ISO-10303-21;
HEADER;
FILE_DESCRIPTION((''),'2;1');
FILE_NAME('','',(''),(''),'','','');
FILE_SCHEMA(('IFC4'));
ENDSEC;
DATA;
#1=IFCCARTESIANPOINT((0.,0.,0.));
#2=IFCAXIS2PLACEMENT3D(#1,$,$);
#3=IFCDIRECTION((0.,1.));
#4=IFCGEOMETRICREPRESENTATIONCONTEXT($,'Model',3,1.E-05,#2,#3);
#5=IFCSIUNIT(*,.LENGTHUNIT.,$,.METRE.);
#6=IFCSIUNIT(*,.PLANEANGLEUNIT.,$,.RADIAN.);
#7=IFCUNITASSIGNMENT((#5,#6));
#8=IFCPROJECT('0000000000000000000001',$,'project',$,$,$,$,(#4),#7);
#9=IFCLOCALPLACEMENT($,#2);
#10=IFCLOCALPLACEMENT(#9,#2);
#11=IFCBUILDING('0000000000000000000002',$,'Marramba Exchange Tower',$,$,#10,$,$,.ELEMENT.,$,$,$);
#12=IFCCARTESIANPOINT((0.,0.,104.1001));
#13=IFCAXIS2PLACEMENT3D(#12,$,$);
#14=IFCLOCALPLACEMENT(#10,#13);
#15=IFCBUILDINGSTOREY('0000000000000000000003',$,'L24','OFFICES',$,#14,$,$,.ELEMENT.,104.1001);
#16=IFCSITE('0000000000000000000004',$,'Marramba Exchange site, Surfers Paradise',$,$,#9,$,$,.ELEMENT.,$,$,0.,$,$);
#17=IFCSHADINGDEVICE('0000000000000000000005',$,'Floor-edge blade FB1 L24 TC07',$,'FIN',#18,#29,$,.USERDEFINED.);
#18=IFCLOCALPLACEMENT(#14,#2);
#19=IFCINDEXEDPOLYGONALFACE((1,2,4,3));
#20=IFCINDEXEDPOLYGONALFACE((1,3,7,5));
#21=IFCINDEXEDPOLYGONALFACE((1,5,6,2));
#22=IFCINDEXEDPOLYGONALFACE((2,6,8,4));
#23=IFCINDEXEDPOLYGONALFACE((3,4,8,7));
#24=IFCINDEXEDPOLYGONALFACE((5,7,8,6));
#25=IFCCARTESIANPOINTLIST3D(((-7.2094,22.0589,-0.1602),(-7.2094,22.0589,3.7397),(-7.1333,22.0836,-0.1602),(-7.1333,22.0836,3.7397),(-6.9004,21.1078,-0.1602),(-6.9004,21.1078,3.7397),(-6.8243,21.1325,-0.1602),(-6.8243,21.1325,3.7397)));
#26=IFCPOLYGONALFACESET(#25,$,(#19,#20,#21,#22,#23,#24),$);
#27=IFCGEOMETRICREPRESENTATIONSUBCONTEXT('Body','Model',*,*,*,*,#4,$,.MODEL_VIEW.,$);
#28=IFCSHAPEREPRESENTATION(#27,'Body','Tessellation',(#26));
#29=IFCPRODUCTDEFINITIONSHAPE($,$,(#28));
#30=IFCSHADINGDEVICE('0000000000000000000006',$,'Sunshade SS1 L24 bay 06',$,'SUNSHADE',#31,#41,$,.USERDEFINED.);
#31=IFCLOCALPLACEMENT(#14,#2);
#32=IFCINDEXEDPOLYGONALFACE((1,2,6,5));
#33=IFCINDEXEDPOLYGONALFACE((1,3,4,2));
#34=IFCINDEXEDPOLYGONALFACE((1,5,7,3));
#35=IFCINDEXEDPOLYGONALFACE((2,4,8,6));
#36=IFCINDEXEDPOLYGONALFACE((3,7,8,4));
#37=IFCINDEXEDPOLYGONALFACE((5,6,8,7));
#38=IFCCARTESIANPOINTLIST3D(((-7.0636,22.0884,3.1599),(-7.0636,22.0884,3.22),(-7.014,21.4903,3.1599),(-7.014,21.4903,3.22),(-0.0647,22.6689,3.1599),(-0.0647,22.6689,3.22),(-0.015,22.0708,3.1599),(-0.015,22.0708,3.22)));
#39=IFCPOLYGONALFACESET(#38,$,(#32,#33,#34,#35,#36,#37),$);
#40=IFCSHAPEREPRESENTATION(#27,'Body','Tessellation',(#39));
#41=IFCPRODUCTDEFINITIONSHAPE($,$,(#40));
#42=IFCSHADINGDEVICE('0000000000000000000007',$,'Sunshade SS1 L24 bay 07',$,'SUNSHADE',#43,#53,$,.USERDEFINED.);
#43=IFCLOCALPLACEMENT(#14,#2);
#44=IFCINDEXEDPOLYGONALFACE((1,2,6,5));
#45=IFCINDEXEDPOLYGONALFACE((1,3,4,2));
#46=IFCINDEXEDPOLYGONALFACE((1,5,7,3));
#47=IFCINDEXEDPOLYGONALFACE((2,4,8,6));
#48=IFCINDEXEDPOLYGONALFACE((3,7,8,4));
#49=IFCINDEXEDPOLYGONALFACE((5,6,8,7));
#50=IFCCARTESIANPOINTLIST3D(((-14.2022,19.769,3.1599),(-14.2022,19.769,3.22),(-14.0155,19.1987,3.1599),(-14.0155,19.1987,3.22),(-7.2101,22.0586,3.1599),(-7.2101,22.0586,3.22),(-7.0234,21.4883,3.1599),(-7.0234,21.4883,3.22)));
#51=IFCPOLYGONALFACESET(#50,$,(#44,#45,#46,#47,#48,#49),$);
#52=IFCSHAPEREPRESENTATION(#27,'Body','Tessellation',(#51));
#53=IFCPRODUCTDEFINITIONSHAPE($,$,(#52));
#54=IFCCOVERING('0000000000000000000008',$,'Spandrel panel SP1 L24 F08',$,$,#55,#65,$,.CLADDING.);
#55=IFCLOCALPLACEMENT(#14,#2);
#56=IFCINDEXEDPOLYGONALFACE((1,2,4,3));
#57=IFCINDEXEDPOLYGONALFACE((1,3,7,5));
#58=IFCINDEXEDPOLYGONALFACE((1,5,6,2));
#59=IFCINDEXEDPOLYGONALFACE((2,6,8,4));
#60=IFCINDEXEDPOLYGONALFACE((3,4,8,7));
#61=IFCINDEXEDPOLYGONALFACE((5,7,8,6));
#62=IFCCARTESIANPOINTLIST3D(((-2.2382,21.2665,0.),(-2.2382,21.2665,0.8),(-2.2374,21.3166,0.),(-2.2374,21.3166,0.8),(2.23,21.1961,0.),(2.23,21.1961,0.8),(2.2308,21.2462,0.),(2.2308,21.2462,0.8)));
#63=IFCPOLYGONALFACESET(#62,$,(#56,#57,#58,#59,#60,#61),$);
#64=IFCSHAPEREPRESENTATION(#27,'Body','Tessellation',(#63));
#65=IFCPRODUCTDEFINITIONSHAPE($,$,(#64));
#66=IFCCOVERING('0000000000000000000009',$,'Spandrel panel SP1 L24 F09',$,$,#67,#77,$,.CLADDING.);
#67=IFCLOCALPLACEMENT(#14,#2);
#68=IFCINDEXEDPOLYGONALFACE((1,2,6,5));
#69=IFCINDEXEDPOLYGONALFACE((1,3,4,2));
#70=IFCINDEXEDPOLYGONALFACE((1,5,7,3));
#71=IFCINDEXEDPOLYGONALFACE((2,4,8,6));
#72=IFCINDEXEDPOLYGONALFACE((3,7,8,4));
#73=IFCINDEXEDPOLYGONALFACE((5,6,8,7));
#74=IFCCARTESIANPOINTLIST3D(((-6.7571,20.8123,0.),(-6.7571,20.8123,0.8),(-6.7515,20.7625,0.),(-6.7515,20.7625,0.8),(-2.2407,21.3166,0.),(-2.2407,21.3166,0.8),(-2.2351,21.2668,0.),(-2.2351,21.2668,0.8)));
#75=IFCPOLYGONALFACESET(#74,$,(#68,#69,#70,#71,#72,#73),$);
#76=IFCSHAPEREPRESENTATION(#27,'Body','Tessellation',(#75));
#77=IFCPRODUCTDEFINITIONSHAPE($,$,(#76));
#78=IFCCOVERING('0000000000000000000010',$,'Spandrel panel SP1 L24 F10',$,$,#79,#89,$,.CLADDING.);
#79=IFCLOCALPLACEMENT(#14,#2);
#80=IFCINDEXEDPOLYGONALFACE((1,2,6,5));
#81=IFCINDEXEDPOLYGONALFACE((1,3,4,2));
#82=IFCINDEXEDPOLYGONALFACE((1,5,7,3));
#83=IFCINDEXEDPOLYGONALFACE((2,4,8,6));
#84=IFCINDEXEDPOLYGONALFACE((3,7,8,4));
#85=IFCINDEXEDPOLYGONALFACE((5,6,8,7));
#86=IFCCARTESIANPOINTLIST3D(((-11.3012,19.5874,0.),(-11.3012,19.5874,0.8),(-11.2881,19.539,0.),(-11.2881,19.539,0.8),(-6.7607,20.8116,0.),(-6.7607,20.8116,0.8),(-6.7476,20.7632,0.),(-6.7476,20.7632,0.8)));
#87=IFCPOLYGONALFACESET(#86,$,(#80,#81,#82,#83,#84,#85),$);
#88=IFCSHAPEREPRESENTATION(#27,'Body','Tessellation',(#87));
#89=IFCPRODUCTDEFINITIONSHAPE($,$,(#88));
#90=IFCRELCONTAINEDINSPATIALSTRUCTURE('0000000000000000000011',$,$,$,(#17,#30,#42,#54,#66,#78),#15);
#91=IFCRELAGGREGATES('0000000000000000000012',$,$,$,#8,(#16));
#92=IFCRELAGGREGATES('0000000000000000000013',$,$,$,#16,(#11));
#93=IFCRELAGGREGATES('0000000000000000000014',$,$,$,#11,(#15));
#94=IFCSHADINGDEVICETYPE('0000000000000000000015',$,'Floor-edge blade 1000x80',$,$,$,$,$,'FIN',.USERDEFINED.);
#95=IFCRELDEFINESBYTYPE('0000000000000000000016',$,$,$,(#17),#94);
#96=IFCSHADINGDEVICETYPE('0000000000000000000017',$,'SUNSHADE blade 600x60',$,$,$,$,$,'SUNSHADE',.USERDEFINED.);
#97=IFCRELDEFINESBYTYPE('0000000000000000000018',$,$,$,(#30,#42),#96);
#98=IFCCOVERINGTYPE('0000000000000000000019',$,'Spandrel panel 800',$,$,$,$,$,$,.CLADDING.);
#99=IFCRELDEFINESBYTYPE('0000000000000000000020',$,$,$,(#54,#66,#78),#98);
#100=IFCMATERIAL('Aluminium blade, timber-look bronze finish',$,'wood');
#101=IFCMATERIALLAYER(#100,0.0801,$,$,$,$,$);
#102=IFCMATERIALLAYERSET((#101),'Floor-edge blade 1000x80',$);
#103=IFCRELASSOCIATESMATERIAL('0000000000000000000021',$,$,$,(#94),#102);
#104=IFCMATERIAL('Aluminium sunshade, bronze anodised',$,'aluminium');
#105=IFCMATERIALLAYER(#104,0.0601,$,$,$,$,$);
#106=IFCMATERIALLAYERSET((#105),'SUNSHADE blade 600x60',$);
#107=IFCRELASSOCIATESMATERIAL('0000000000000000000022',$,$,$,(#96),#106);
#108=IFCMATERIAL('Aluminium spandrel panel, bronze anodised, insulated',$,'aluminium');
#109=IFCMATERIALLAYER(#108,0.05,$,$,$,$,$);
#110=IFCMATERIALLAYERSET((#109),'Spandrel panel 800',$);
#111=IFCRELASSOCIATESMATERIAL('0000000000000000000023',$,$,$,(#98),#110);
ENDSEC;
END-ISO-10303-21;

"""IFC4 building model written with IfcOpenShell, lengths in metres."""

from ifc_helpers import new_model, si_unit, direction, frame, origin, origin_2d, place, context, subcontext, project, spatial, rectangle, extrude, material, layer, layer_set, type_object, element, save


model = new_model("IFC4")

# Units and contexts
model_context = context("Model", 3, precision=1e-05, world=origin(), true_north=direction((0.0, 1.0)))
body_context = subcontext(model_context, "Body", "Model", "MODEL_VIEW")
ifc_project = project(units=[si_unit("LENGTHUNIT", "METRE"), si_unit("PLANEANGLEUNIT", "RADIAN")], contexts=[model_context])

# Site, building, storey
site_placement = place(None, origin())
site = spatial("IfcSite", under=ifc_project, at=site_placement, Name="Marramba Exchange site, Surfers Paradise", CompositionType="ELEMENT", RefElevation=0.0)
building_placement = place(site_placement, origin())
building = spatial("IfcBuilding", under=site, at=building_placement, Name="Marramba Exchange Tower", CompositionType="ELEMENT")
storey_placement = place(building_placement, frame((0.0, 0.0, 104.1001)))
storey = spatial("IfcBuildingStorey", under=building, at=storey_placement, Name="L24", Description="OFFICES", CompositionType="ELEMENT", Elevation=104.1001)

# Shading devices
ifc_material_1 = material(Name="Aluminium blade, timber-look bronze finish", Category="wood")
ifc_layer_1 = layer(ifc_material_1, 0.0801)
ifc_layer_set_1 = layer_set([ifc_layer_1], Name="Floor-edge blade 1000x80")
shading_device_type_1 = type_object("IfcShadingDeviceType", Name="Floor-edge blade 1000x80", ElementType="FIN", PredefinedType="USERDEFINED", material=ifc_layer_set_1)
shading_device_1_placement = place(storey_placement, frame((-7.0168, 21.5957, -0.1602), z_axis=(0.0, 0.0, 1.0), x_axis=(-0.309017, 0.951057, 0.0)))
element("IfcShadingDevice", 1, at=shading_device_1_placement, inside=storey, type_object=shading_device_type_1, Name="Floor-edge blade FB1 L24 TC07", ObjectType="FIN", PredefinedType="USERDEFINED", context=body_context, shape_type="SweptSolid", body=[
    extrude(rectangle(XDim=1.0, YDim=0.0801, at=origin_2d()), origin(), (0.0, 0.0, 1.0), 3.8999),
])
ifc_material_2 = material(Name="Aluminium sunshade, bronze anodised", Category="aluminium")
ifc_layer_2 = layer(ifc_material_2, 0.0601)
ifc_layer_set_2 = layer_set([ifc_layer_2], Name="SUNSHADE blade 600x60")
shading_device_type_2 = type_object("IfcShadingDeviceType", Name="SUNSHADE blade 600x60", ElementType="SUNSHADE", PredefinedType="USERDEFINED", material=ifc_layer_set_2)
shading_device_2_placement = place(storey_placement, frame((-3.5393, 22.0796, 3.1599), z_axis=(0.0, 0.0, 1.0), x_axis=(-0.996578, -0.08266, 0.0)))
element("IfcShadingDevice", 2, at=shading_device_2_placement, inside=storey, type_object=shading_device_type_2, Name="Sunshade SS1 L24 bay 06", ObjectType="SUNSHADE", PredefinedType="USERDEFINED", context=body_context, shape_type="SweptSolid", body=[
    extrude(rectangle(XDim=7.0229, YDim=0.6001, at=origin_2d()), origin(), (0.0, 0.0, 1.0), 0.0601),
])
shading_device_3_placement = place(storey_placement, frame((-10.6128, 20.6287, 3.1599), z_axis=(0.0, 0.0, 1.0), x_axis=(-0.950346, -0.311196, 0.0)))
element("IfcShadingDevice", 3, at=shading_device_3_placement, inside=storey, type_object=shading_device_type_2, Name="Sunshade SS1 L24 bay 07", ObjectType="SUNSHADE", PredefinedType="USERDEFINED", context=body_context, shape_type="SweptSolid", body=[
    extrude(rectangle(XDim=7.3574, YDim=0.6001, at=origin_2d()), origin(), (0.0, 0.0, 1.0), 0.0601),
])

# Coverings
ifc_material_3 = material(Name="Aluminium spandrel panel, bronze anodised, insulated", Category="aluminium")
ifc_layer_3 = layer(ifc_material_3, 0.05)
ifc_layer_set_3 = layer_set([ifc_layer_3], Name="Spandrel panel 800")
covering_type = type_object("IfcCoveringType", Name="Spandrel panel 800", PredefinedType="CLADDING", material=ifc_layer_set_3)
covering_1_placement = place(storey_placement, frame((-0.0037, 21.2563, 0.0), z_axis=(0.0, 0.0, 1.0), x_axis=(-0.999876, 0.015756, 0.0)))
element("IfcCovering", 4, at=covering_1_placement, inside=storey, type_object=covering_type, Name="Spandrel panel SP1 L24 F08", PredefinedType="CLADDING", context=body_context, shape_type="SweptSolid", body=[
    extrude(rectangle(XDim=4.4688, YDim=0.05, at=origin_2d()), origin(), (0.0, 0.0, 1.0), 0.8),
])
covering_2_placement = place(storey_placement, frame((-4.4961, 21.0396, 0.0), z_axis=(0.0, 0.0, 1.0), x_axis=(-0.993823, -0.110973, 0.0)))
element("IfcCovering", 5, at=covering_2_placement, inside=storey, type_object=covering_type, Name="Spandrel panel SP1 L24 F09", PredefinedType="CLADDING", context=body_context, shape_type="SweptSolid", body=[
    extrude(rectangle(XDim=4.5444, YDim=0.05, at=origin_2d()), origin(), (0.0, 0.0, 1.0), 0.8),
])
covering_3_placement = place(storey_placement, frame((-9.0244, 20.1753, 0.0), z_axis=(0.0, 0.0, 1.0), x_axis=(-0.965522, -0.260321, 0.0)))
element("IfcCovering", 6, at=covering_3_placement, inside=storey, type_object=covering_type, Name="Spandrel panel SP1 L24 F10", PredefinedType="CLADDING", context=body_context, shape_type="SweptSolid", body=[
    extrude(rectangle(XDim=4.7026, YDim=0.05, at=origin_2d()), origin(), (0.0, 0.0, 1.0), 0.8),
])

save(model, "model.ifc")
